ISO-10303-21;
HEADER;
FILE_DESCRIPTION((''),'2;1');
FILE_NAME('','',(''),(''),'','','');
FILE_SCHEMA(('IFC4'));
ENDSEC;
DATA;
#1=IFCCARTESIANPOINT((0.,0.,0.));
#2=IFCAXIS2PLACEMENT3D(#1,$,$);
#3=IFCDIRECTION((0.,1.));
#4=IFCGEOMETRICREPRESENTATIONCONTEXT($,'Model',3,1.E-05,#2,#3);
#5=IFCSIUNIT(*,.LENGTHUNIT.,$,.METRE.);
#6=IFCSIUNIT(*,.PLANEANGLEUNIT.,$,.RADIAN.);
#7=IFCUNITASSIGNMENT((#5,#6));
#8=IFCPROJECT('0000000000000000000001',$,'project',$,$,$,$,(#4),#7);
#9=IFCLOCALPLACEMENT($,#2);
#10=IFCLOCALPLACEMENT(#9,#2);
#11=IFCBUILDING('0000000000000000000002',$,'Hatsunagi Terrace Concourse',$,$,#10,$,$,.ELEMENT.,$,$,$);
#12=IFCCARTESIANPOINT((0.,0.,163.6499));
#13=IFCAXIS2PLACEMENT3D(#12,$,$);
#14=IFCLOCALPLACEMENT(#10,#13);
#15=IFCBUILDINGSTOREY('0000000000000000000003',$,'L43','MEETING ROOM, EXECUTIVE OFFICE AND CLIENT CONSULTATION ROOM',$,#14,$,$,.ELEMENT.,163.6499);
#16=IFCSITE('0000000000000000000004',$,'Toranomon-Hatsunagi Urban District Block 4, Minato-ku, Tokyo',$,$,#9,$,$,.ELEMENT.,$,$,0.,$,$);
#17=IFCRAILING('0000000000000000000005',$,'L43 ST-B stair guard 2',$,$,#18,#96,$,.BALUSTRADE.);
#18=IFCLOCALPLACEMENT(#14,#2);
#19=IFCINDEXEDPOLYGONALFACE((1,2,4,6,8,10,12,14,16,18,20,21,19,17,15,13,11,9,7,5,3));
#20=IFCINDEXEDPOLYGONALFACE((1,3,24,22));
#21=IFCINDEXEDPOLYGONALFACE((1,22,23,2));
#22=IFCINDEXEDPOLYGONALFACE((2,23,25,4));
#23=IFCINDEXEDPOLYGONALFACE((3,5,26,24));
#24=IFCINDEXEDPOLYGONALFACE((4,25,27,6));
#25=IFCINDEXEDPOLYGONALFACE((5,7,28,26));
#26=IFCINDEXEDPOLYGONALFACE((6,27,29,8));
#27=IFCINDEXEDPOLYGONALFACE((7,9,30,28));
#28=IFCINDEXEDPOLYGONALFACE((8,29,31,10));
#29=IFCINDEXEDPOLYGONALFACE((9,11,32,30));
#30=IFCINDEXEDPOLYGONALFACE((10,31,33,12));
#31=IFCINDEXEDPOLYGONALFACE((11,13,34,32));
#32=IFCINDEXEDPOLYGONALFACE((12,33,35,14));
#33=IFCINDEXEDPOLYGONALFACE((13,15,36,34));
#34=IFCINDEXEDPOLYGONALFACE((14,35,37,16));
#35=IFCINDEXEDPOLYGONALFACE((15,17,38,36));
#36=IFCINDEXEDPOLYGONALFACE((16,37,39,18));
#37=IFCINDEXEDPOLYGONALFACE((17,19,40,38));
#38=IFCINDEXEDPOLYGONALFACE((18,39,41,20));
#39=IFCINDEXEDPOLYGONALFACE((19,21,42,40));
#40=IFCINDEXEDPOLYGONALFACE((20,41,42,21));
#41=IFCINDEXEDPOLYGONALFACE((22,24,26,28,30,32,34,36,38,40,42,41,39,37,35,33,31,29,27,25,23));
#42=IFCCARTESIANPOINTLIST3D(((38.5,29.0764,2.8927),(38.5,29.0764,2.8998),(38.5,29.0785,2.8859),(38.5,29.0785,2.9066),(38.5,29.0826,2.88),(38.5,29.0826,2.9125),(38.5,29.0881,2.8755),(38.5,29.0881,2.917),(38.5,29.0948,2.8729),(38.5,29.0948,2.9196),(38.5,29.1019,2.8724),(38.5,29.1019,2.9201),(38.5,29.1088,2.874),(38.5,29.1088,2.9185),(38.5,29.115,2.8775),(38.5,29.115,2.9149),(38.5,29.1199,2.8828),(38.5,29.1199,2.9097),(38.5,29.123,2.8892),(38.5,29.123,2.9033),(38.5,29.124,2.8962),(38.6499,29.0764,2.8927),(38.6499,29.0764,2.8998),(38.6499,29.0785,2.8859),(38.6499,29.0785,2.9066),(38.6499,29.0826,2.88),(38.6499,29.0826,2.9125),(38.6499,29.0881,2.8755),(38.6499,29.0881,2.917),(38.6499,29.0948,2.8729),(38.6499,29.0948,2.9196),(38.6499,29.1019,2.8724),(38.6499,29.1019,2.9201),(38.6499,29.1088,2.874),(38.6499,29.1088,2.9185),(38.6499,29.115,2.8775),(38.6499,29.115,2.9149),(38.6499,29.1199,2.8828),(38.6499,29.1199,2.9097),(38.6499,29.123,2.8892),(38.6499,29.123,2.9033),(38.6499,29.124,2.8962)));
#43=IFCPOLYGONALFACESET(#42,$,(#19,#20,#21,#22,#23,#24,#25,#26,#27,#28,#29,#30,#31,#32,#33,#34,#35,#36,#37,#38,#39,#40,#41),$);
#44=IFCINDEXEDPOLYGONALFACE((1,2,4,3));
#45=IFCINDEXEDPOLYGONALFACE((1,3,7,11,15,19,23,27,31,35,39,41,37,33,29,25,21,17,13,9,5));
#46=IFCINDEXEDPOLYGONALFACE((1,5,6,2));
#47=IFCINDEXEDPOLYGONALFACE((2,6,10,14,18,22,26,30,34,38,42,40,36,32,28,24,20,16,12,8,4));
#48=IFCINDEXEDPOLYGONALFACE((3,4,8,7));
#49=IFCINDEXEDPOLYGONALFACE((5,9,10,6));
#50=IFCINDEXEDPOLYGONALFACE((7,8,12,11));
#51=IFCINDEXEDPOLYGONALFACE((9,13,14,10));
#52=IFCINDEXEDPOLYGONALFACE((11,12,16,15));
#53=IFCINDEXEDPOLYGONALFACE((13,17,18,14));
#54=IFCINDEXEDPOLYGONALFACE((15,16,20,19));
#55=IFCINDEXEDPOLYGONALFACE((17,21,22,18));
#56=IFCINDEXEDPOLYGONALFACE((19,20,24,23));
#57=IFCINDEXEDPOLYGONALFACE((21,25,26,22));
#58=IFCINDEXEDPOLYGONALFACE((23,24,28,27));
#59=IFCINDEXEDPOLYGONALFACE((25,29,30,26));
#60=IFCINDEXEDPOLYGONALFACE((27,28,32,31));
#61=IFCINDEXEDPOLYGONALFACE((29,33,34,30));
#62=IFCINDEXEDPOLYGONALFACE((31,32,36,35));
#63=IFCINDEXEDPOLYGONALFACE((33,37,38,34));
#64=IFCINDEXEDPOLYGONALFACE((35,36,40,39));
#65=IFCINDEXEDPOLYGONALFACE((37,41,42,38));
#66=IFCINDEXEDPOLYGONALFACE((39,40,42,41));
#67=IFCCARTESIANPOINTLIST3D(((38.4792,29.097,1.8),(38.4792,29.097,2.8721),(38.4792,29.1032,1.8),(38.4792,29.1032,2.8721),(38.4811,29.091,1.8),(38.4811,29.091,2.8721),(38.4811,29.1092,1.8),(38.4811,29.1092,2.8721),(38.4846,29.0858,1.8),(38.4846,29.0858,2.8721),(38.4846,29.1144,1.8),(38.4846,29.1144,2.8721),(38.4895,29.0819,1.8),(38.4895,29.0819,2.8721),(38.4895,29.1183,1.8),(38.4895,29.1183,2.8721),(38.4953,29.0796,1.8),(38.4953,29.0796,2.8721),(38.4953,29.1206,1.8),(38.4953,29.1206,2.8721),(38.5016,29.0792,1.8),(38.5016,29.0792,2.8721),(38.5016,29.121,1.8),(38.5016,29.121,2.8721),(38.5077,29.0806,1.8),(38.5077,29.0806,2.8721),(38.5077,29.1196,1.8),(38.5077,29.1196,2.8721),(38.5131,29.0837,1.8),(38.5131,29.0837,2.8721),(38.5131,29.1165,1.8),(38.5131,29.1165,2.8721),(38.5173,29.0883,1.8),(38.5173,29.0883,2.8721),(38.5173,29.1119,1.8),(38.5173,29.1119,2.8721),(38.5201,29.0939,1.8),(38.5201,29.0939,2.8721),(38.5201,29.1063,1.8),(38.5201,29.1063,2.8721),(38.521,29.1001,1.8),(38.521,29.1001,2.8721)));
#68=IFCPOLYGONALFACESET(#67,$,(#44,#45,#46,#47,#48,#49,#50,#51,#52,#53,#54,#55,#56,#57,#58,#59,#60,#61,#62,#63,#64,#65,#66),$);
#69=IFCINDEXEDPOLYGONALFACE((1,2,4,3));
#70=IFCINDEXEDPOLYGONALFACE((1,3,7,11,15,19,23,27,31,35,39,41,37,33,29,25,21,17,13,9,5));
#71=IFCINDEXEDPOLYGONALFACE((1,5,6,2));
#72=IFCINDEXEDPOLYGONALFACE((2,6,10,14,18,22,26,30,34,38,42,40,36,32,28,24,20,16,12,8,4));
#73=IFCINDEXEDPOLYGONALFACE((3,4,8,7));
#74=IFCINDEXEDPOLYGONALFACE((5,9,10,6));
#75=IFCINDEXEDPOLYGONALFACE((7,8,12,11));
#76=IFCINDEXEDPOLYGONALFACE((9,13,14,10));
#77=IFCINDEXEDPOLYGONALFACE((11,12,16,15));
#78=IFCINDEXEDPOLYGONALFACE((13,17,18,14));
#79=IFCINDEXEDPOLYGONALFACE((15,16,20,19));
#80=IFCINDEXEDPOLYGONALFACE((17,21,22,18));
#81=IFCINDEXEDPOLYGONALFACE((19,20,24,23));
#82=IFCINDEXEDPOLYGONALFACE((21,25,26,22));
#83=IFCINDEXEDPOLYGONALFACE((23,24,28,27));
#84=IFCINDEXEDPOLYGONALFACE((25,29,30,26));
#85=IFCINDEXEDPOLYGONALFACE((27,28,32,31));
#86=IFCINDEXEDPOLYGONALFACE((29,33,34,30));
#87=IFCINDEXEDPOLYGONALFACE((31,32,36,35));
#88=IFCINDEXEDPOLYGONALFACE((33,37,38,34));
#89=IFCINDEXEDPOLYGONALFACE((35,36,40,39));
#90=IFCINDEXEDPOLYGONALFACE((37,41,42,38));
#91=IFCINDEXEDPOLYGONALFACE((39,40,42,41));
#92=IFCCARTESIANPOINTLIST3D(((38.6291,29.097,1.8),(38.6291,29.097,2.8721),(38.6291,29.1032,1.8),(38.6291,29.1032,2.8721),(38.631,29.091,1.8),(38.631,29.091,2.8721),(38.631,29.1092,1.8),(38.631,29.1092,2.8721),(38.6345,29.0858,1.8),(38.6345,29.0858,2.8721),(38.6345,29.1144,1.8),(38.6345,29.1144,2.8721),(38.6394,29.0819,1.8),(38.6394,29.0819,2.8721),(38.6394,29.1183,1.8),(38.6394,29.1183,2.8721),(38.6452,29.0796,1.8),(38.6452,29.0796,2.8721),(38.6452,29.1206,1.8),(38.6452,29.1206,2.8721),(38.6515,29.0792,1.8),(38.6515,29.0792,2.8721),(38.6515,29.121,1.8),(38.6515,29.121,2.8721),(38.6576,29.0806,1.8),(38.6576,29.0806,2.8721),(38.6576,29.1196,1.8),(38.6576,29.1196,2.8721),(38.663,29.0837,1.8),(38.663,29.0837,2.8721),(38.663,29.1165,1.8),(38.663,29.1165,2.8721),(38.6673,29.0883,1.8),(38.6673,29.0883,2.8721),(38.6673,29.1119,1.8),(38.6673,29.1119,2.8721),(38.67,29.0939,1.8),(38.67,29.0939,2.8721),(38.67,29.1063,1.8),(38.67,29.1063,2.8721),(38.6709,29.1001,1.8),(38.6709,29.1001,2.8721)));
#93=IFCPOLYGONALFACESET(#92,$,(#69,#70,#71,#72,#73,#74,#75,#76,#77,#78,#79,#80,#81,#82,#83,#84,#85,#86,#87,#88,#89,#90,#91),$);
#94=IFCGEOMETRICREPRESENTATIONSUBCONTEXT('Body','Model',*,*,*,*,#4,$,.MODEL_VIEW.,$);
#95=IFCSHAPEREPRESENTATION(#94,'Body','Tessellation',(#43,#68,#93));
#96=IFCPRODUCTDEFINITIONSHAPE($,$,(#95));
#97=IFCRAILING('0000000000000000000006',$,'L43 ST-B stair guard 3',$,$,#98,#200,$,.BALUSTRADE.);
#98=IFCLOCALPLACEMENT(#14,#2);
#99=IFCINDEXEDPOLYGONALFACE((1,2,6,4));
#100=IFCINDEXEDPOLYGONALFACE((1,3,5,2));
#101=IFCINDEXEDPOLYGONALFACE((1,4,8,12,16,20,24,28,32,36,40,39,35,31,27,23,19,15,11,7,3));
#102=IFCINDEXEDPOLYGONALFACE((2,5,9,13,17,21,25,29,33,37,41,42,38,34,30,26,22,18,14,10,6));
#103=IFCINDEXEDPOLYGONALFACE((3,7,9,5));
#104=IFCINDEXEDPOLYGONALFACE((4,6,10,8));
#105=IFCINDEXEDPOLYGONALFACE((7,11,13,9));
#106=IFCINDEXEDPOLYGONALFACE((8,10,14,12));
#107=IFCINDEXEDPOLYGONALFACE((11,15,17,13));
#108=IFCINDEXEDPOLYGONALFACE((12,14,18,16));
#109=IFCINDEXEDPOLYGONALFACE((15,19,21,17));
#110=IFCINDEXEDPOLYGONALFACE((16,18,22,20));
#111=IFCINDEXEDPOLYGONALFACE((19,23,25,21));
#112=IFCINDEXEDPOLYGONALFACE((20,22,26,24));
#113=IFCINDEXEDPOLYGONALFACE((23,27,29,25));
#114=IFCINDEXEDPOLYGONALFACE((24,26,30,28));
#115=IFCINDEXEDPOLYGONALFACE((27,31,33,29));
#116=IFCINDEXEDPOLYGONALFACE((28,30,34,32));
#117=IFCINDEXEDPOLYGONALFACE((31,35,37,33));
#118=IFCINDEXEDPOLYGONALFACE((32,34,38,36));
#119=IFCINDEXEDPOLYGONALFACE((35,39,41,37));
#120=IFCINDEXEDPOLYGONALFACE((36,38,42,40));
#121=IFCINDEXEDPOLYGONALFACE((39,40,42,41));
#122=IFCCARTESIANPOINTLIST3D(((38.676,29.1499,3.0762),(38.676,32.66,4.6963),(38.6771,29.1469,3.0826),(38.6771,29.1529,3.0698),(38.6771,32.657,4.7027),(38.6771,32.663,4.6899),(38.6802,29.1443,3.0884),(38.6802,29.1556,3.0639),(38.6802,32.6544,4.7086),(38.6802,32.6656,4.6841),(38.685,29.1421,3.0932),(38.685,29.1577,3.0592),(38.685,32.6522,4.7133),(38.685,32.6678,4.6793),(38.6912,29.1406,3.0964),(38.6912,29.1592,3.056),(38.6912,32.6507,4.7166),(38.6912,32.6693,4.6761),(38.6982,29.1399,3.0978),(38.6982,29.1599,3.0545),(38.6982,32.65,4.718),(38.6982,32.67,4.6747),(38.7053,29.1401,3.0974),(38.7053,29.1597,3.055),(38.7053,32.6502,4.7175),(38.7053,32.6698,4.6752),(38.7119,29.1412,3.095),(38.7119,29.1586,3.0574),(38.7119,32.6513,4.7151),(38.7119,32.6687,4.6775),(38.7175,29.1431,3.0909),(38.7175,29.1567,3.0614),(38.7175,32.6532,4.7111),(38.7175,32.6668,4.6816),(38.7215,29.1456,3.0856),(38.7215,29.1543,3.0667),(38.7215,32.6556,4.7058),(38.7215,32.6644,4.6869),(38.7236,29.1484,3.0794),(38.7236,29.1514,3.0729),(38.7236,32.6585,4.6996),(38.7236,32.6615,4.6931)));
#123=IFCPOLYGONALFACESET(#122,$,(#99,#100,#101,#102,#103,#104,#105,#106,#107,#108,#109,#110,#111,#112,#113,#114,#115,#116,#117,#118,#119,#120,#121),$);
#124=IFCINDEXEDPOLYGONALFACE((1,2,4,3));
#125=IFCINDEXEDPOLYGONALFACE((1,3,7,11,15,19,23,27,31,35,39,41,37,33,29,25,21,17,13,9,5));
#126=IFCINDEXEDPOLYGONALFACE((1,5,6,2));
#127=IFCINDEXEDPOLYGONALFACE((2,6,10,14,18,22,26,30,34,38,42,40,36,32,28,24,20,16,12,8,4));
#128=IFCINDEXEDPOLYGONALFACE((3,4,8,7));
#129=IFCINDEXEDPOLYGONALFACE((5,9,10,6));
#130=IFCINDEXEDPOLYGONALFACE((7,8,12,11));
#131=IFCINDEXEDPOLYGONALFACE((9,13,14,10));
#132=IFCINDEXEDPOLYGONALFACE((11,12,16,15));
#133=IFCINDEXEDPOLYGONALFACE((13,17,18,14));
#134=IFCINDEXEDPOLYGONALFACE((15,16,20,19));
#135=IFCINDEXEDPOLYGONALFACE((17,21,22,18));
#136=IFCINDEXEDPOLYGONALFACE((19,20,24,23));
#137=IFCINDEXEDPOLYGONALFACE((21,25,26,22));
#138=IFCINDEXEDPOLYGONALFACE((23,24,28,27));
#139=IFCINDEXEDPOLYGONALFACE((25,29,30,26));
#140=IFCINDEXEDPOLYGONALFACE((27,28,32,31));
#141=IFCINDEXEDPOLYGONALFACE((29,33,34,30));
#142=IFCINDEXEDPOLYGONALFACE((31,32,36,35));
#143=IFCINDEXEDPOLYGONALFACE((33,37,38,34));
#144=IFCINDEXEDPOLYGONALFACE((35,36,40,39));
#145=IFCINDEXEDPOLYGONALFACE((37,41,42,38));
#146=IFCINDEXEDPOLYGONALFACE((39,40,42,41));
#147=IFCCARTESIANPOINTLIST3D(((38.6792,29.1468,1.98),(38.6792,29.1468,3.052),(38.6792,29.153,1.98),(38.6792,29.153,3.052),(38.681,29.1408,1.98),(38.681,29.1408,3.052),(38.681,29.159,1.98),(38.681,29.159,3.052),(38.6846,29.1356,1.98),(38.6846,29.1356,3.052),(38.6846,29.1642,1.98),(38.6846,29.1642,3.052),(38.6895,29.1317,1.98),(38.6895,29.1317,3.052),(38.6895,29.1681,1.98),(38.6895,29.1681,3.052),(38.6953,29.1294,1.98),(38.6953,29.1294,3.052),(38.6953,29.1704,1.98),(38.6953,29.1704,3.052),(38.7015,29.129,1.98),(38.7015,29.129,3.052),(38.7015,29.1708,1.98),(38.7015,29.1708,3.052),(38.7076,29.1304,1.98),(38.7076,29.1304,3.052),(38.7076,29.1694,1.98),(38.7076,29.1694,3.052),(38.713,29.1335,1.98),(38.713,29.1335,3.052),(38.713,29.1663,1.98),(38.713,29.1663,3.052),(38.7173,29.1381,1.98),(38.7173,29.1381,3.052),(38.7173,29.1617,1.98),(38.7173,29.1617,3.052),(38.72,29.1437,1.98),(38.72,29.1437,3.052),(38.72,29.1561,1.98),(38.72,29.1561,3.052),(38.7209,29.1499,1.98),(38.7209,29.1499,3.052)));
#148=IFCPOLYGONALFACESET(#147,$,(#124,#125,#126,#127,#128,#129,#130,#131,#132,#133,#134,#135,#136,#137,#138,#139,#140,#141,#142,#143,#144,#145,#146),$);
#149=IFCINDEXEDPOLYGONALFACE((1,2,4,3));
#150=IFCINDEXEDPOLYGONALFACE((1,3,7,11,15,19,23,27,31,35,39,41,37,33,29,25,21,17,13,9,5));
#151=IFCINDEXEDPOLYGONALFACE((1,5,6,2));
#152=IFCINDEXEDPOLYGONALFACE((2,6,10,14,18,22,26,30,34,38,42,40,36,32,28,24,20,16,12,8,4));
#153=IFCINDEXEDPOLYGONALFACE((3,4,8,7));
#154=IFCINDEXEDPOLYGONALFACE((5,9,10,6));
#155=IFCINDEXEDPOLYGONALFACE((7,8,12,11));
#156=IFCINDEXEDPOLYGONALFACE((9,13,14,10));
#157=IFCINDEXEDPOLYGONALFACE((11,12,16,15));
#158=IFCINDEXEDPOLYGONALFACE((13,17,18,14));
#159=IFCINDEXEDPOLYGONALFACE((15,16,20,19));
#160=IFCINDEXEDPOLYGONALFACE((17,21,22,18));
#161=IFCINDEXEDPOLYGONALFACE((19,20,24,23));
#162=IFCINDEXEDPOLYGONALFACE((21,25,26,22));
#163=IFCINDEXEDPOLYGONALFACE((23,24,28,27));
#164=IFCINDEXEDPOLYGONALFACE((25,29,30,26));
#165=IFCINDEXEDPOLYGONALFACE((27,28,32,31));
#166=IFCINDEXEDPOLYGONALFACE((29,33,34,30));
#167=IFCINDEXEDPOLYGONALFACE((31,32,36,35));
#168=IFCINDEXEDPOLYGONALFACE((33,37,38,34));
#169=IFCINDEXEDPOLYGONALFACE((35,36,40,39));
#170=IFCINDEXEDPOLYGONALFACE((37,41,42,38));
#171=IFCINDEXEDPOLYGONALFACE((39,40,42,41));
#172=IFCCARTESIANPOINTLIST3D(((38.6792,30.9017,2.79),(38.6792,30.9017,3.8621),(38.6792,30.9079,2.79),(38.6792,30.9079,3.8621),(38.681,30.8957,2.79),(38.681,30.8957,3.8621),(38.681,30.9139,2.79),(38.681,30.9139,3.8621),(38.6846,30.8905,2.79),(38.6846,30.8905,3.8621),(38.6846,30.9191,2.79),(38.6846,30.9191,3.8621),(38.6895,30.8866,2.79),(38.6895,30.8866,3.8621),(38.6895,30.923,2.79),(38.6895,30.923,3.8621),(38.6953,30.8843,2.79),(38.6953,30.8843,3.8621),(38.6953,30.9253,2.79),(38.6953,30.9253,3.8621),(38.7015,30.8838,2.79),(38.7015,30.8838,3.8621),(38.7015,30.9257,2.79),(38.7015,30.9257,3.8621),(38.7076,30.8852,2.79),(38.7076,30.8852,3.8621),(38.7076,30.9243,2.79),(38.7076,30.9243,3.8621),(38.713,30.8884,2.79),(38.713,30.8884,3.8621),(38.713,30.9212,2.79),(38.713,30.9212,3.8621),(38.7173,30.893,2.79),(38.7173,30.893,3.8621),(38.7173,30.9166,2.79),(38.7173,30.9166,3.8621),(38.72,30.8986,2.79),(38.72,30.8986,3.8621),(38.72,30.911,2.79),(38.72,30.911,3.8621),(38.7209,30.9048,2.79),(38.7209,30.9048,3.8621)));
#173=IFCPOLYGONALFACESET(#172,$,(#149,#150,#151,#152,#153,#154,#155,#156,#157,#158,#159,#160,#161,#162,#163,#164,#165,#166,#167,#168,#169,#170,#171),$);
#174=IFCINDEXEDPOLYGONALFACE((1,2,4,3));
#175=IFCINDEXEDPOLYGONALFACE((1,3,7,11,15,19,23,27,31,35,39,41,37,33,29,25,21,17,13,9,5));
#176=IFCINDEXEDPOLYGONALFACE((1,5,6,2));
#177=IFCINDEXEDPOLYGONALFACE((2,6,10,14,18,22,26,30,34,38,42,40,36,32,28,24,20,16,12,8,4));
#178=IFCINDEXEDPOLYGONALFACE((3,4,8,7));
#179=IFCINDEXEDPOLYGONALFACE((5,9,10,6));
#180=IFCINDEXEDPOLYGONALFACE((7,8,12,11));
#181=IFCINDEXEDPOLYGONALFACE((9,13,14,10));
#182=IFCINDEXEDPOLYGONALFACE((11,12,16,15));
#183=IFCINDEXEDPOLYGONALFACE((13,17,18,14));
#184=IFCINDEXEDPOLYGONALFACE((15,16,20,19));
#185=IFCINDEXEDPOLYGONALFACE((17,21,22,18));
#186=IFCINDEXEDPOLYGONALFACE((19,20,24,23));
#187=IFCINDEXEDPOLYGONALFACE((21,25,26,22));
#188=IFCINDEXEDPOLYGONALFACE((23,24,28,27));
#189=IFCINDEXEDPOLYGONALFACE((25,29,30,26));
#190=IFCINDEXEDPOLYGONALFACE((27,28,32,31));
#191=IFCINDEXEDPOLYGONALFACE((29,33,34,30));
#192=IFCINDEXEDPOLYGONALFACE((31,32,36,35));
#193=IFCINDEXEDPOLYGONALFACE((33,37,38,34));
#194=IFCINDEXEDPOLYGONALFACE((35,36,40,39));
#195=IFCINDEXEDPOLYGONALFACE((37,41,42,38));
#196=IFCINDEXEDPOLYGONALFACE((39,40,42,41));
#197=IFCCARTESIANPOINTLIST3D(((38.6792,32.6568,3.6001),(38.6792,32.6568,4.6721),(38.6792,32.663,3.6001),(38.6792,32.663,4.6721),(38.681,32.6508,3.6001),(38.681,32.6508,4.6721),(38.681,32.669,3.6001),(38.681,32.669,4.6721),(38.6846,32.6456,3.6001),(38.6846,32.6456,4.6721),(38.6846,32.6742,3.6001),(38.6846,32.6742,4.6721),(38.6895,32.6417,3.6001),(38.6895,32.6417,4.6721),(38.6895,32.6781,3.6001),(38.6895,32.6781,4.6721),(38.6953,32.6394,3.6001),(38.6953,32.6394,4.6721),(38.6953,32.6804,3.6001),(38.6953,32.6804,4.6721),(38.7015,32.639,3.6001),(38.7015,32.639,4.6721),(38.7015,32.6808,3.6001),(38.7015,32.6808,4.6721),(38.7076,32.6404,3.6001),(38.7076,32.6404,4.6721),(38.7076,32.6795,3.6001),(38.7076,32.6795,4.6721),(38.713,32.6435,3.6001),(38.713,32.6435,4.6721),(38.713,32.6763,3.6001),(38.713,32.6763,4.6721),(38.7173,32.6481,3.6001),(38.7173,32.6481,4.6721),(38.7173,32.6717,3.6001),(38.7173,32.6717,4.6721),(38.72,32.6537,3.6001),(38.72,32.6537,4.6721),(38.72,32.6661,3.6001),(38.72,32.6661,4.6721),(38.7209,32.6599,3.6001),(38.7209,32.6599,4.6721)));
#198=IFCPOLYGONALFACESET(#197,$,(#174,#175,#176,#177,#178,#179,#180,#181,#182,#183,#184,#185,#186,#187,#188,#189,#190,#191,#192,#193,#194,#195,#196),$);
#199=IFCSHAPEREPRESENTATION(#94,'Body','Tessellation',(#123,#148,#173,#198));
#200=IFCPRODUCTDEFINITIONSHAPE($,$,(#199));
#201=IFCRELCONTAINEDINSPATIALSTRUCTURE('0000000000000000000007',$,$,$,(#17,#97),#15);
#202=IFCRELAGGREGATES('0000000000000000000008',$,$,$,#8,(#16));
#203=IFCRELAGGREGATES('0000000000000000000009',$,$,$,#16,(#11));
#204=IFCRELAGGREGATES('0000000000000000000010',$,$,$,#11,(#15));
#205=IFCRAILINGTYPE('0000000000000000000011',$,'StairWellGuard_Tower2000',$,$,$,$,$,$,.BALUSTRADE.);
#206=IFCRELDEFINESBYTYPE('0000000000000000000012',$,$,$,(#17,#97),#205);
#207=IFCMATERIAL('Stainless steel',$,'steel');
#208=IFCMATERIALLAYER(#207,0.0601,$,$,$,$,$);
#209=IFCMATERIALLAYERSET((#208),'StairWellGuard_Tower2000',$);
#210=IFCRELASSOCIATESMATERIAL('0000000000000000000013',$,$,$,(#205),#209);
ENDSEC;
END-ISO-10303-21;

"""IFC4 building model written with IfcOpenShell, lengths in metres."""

from ifc_helpers import new_model, si_unit, direction, frame, origin, origin_2d, place, context, subcontext, project, spatial, circle, extrude, material, layer, layer_set, type_object, element, save


model = new_model("IFC4")

# Units and contexts
model_context = context("Model", 3, precision=1e-05, world=origin(), true_north=direction((0.0, 1.0)))
body_context = subcontext(model_context, "Body", "Model", "MODEL_VIEW")
ifc_project = project(units=[si_unit("LENGTHUNIT", "METRE"), si_unit("PLANEANGLEUNIT", "RADIAN")], contexts=[model_context])

# Site, building, storey
site_placement = place(None, origin())
site = spatial("IfcSite", under=ifc_project, at=site_placement, Name="Toranomon-Hatsunagi Urban District Block 4, Minato-ku, Tokyo", CompositionType="ELEMENT", RefElevation=0.0)
building_placement = place(site_placement, origin())
building = spatial("IfcBuilding", under=site, at=building_placement, Name="Hatsunagi Terrace Concourse", CompositionType="ELEMENT")
storey_placement = place(building_placement, frame((0.0, 0.0, 163.6499)))
storey = spatial("IfcBuildingStorey", under=building, at=storey_placement, Name="L43", Description="MEETING ROOM, EXECUTIVE OFFICE AND CLIENT CONSULTATION ROOM", CompositionType="ELEMENT", Elevation=163.6499)

# Railings
ifc_material_1 = material(Name="Stainless steel", Category="steel")
ifc_layer_1 = layer(ifc_material_1, 0.0601)
ifc_layer_set_1 = layer_set([ifc_layer_1], Name="StairWellGuard_Tower2000")
railing_type = type_object("IfcRailingType", Name="StairWellGuard_Tower2000", PredefinedType="BALUSTRADE", material=ifc_layer_set_1)
railing_1_placement = place(storey_placement, frame((38.5, 29.1001, 1.8)))
element("IfcRailing", 1, at=railing_1_placement, inside=storey, type_object=railing_type, Name="L43 ST-B stair guard 2", PredefinedType="BALUSTRADE", context=body_context, shape_type="SweptSolid", body=[
    extrude(circle(Radius=0.0239, at=origin_2d()), frame((0.0, 0.0, 1.0962), z_axis=(1.0, 0.0, 0.0), x_axis=(0.0, 1.0, 0.0)), (0.0, 0.0, 1.0), 0.1499),
    extrude(circle(Radius=0.021, at=origin_2d()), origin(), (0.0, 0.0, 1.0), 1.072),
    extrude(circle(Radius=0.021, at=origin_2d()), frame((0.1499, 0.0, 0.0)), (0.0, 0.0, 1.0), 1.072),
])
railing_2_placement = place(storey_placement, frame((38.7, 29.1499, 1.98)))
element("IfcRailing", 2, at=railing_2_placement, inside=storey, type_object=railing_type, Name="L43 ST-B stair guard 3", PredefinedType="BALUSTRADE", context=body_context, shape_type="SweptSolid", body=[
    extrude(circle(Radius=0.0239, at=origin_2d()), frame((0.0, 0.0, 1.0962), z_axis=(0.0, 0.907948, 0.419082), x_axis=(-1.0, 0.0, 0.0)), (0.0, 0.0, 1.0), 3.866),
    extrude(circle(Radius=0.021, at=origin_2d()), origin(), (0.0, 0.0, 1.0), 1.072),
    extrude(circle(Radius=0.021, at=origin_2d()), frame((0.0, 1.7549, 0.8101)), (0.0, 0.0, 1.0), 1.072),
    extrude(circle(Radius=0.021, at=origin_2d()), frame((0.0, 3.51, 1.6201)), (0.0, 0.0, 1.0), 1.072),
])

save(model, "model.ifc")
